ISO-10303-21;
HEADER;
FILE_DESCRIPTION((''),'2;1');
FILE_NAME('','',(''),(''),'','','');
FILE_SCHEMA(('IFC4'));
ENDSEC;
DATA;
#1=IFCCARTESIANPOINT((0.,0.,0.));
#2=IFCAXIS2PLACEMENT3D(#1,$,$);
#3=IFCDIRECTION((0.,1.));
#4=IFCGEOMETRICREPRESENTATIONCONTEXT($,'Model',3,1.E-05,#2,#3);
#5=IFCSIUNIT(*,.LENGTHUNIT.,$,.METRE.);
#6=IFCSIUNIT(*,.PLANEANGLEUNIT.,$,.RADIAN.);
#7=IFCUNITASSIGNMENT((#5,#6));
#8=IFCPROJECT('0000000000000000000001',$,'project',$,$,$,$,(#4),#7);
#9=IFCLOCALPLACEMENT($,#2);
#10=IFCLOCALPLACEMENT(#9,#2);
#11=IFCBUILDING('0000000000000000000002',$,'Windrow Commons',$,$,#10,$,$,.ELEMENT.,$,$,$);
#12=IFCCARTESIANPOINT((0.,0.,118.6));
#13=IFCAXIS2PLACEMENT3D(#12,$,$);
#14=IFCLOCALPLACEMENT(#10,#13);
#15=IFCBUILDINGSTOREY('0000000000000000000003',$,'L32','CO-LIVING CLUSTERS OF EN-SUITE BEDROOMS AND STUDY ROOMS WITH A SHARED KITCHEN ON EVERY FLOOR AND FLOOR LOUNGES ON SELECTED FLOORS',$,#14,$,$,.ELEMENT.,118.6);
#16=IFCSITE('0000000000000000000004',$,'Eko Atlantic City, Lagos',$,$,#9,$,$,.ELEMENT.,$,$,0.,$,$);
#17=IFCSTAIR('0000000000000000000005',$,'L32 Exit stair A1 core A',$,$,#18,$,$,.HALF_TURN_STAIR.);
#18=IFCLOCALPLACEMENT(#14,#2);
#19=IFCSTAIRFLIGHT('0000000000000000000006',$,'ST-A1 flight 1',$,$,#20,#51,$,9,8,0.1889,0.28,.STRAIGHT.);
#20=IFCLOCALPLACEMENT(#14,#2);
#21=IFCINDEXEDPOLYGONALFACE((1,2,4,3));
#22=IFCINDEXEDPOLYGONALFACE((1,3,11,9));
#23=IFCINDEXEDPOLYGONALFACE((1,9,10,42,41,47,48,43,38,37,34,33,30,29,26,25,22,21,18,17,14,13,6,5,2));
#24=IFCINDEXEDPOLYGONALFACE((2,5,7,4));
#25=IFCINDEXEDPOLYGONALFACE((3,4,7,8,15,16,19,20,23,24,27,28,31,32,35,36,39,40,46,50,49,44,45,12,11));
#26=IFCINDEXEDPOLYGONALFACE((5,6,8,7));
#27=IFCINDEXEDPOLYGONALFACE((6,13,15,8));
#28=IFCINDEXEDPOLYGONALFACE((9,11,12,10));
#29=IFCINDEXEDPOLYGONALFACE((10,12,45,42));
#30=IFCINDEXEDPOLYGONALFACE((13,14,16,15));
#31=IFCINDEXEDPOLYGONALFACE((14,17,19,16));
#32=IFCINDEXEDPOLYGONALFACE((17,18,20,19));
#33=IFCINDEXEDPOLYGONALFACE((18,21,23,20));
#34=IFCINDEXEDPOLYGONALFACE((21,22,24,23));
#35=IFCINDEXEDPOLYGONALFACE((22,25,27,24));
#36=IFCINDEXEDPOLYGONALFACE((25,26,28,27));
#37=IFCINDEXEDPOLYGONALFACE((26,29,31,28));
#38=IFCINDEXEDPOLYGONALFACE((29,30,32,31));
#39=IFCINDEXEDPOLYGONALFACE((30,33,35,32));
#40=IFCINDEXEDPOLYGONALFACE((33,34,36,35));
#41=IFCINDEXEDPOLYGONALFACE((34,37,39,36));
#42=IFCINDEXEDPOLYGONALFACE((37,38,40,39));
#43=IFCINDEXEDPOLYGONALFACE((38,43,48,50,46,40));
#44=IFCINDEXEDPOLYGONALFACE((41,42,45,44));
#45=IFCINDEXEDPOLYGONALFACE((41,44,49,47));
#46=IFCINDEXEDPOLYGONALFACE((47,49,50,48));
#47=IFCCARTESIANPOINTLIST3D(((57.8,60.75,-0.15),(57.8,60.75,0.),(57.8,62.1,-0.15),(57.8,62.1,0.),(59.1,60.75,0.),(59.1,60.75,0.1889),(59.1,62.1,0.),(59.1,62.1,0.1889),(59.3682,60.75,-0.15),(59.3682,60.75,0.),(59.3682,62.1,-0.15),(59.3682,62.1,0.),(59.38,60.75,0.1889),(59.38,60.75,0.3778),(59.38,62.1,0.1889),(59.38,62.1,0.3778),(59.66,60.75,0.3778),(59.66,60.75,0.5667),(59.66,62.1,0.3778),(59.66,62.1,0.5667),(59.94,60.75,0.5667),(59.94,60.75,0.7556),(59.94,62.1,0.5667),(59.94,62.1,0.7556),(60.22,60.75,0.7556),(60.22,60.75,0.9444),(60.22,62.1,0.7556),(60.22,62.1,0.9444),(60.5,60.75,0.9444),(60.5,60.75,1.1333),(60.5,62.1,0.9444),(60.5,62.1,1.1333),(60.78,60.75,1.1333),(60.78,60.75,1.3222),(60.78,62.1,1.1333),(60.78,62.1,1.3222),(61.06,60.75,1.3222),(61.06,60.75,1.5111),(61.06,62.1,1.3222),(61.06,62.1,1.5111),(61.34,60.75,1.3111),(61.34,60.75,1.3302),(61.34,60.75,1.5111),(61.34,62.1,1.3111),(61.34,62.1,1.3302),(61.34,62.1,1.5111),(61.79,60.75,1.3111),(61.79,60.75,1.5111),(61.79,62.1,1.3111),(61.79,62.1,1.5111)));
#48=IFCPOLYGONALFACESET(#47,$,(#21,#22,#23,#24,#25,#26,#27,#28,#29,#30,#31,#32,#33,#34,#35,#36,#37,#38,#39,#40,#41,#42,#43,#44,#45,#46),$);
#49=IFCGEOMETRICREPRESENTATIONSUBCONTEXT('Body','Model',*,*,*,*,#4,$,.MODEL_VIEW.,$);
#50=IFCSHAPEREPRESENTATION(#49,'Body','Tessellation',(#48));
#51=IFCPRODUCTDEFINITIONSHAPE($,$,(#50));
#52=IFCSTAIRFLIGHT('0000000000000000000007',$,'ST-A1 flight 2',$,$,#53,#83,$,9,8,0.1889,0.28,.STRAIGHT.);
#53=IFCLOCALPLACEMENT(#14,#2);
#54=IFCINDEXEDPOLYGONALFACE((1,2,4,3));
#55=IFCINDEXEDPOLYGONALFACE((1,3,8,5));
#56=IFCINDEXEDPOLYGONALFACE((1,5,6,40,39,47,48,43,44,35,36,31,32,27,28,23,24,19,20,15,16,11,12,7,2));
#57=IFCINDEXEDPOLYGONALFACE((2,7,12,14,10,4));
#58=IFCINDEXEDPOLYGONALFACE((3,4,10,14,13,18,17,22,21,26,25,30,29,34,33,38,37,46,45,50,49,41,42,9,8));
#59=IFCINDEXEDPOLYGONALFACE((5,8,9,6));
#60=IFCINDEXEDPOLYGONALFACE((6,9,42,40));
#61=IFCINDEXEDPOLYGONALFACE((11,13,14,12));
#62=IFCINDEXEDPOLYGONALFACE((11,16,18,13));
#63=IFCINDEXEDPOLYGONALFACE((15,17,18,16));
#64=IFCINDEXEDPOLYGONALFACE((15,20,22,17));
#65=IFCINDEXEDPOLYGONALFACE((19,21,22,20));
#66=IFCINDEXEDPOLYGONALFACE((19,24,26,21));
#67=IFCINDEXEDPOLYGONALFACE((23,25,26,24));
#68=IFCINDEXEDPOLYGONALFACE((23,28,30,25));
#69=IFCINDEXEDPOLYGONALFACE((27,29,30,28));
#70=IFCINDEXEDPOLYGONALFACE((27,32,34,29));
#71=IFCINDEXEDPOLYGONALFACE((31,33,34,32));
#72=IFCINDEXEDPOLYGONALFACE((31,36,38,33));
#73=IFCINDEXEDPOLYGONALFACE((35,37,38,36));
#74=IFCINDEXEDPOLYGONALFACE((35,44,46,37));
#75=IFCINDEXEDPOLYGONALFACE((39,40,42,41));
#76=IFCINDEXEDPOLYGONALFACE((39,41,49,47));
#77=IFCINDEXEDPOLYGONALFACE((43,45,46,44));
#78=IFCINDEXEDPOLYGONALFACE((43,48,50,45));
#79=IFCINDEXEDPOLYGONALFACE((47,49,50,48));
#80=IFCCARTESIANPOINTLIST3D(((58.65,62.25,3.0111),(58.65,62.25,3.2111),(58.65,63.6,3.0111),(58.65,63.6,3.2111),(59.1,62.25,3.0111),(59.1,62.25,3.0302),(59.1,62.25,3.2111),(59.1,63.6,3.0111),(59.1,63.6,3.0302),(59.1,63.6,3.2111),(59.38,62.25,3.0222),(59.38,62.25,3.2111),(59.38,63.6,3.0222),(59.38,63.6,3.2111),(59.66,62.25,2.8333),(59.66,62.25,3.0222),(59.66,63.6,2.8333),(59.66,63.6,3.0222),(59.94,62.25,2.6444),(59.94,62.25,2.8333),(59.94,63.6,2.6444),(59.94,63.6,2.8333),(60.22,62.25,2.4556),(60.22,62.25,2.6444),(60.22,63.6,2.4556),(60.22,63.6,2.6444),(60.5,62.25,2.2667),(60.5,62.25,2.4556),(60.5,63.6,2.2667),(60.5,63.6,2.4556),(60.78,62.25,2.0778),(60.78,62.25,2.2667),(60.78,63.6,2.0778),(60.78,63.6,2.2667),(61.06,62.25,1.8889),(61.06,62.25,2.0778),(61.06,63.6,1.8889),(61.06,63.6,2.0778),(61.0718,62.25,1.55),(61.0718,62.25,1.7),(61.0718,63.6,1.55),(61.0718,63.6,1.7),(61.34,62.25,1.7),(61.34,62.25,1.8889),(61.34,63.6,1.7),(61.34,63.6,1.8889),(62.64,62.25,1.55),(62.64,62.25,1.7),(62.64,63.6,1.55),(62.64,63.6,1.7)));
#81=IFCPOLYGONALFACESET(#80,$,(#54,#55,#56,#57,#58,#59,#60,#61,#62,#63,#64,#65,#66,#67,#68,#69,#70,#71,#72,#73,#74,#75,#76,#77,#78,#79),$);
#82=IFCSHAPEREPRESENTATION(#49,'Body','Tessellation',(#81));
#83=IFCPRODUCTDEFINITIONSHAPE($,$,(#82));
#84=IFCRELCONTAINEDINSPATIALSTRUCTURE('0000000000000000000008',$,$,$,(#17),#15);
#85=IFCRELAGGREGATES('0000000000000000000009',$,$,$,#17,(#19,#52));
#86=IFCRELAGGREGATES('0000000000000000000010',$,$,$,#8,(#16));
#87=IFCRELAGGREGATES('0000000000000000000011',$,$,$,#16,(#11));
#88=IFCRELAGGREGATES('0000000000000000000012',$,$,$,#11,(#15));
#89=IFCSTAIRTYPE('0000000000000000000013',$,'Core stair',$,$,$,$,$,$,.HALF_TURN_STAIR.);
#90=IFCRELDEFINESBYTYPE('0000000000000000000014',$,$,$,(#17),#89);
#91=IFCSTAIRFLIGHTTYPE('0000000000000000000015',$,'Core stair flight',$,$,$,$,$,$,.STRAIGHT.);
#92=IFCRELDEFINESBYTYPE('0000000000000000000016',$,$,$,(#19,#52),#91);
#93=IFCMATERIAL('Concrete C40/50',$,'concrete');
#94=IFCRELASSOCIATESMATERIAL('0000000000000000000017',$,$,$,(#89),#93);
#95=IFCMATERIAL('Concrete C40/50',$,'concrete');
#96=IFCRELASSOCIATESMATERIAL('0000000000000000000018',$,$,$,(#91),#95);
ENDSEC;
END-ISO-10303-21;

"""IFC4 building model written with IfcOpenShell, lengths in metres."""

from ifc_helpers import new_model, si_unit, direction, frame, origin, place, context, subcontext, project, spatial, polyline, outline, extrude, material, type_object, element, aggregate, save


model = new_model("IFC4")

# Units and contexts
model_context = context("Model", 3, precision=1e-05, world=origin(), true_north=direction((0.0, 1.0)))
body_context = subcontext(model_context, "Body", "Model", "MODEL_VIEW")
ifc_project = project(units=[si_unit("LENGTHUNIT", "METRE"), si_unit("PLANEANGLEUNIT", "RADIAN")], contexts=[model_context])

# Site, building, storey
site_placement = place(None, origin())
site = spatial("IfcSite", under=ifc_project, at=site_placement, Name="Eko Atlantic City, Lagos", CompositionType="ELEMENT", RefElevation=0.0)
building_placement = place(site_placement, origin())
building = spatial("IfcBuilding", under=site, at=building_placement, Name="Windrow Commons", CompositionType="ELEMENT")
storey_placement = place(building_placement, frame((0.0, 0.0, 118.6)))
storey = spatial("IfcBuildingStorey", under=building, at=storey_placement, Name="L32", Description="CO-LIVING CLUSTERS OF EN-SUITE BEDROOMS AND STUDY ROOMS WITH A SHARED KITCHEN ON EVERY FLOOR AND FLOOR LOUNGES ON SELECTED FLOORS", CompositionType="ELEMENT", Elevation=118.6)

# Stair, stair flights
ifc_material_1 = material(Name="Concrete C40/50", Category="concrete")
stair_type = type_object("IfcStairType", Name="Core stair", PredefinedType="HALF_TURN_STAIR", material=ifc_material_1)
stair_placement = place(storey_placement, origin())
stair = element("IfcStair", 1, at=stair_placement, inside=storey, type_object=stair_type, Name="L32 Exit stair A1 core A", PredefinedType="HALF_TURN_STAIR")
ifc_material_2 = material(Name="Concrete C40/50", Category="concrete")
stair_flight_type = type_object("IfcStairFlightType", Name="Core stair flight", PredefinedType="STRAIGHT", material=ifc_material_2)
stair_flight_1_placement = place(storey_placement, frame((59.1, 61.425, 0.0), z_axis=(0.0, 0.0, 1.0), x_axis=(1.0, 0.0, 0.0)))
stair_flight_1 = element("IfcStairFlight", 2, at=stair_flight_1_placement, type_object=stair_flight_type, Name="ST-A1 flight 1", NumberOfRisers=9, NumberOfTreads=8, PredefinedType="STRAIGHT", RiserHeight=0.1889, TreadLength=0.28, context=body_context, shape_type="SweptSolid", body=[
    extrude(outline(polyline([(-1.3, -0.15), (-1.3, 0.0), (0.0, 0.0), (0.0, 0.1889), (0.28, 0.1889), (0.28, 0.3778), (0.56, 0.3778), (0.56, 0.5667), (0.84, 0.5667), (0.84, 0.7556), (1.12, 0.7556), (1.12, 0.9444), (1.4, 0.9444), (1.4, 1.1333), (1.68, 1.1333), (1.68, 1.3222), (1.96, 1.3222), (1.96, 1.5111), (2.24, 1.5111), (2.69, 1.5111), (2.69, 1.3111), (2.24, 1.3111), (2.24, 1.3302), (0.2682, 0.0), (0.2682, -0.15), (-1.3, -0.15)])), frame((0.0, 0.675, 0.0), z_axis=(0.0, -1.0, 0.0), x_axis=(1.0, 0.0, 0.0)), (0.0, 0.0, 1.0), 1.35),
])
stair_flight_2_placement = place(storey_placement, frame((61.34, 62.925, 1.7), z_axis=(0.0, 0.0, 1.0), x_axis=(-1.0, 0.0, 0.0)))
stair_flight_2 = element("IfcStairFlight", 3, at=stair_flight_2_placement, type_object=stair_flight_type, Name="ST-A1 flight 2", NumberOfRisers=9, NumberOfTreads=8, PredefinedType="STRAIGHT", RiserHeight=0.1889, TreadLength=0.28, context=body_context, shape_type="SweptSolid", body=[
    extrude(outline(polyline([(-1.3, -0.15), (-1.3, 0.0), (0.0, 0.0), (0.0, 0.1889), (0.28, 0.1889), (0.28, 0.3778), (0.56, 0.3778), (0.56, 0.5667), (0.84, 0.5667), (0.84, 0.7556), (1.12, 0.7556), (1.12, 0.9444), (1.4, 0.9444), (1.4, 1.1333), (1.68, 1.1333), (1.68, 1.3222), (1.96, 1.3222), (1.96, 1.5111), (2.24, 1.5111), (2.69, 1.5111), (2.69, 1.3111), (2.24, 1.3111), (2.24, 1.3302), (0.2682, 0.0), (0.2682, -0.15), (-1.3, -0.15)])), frame((0.0, 0.675, 0.0), z_axis=(0.0, -1.0, 0.0), x_axis=(1.0, 0.0, 0.0)), (0.0, 0.0, 1.0), 1.35),
])
aggregate(stair, [stair_flight_1, stair_flight_2])

save(model, "model.ifc")
